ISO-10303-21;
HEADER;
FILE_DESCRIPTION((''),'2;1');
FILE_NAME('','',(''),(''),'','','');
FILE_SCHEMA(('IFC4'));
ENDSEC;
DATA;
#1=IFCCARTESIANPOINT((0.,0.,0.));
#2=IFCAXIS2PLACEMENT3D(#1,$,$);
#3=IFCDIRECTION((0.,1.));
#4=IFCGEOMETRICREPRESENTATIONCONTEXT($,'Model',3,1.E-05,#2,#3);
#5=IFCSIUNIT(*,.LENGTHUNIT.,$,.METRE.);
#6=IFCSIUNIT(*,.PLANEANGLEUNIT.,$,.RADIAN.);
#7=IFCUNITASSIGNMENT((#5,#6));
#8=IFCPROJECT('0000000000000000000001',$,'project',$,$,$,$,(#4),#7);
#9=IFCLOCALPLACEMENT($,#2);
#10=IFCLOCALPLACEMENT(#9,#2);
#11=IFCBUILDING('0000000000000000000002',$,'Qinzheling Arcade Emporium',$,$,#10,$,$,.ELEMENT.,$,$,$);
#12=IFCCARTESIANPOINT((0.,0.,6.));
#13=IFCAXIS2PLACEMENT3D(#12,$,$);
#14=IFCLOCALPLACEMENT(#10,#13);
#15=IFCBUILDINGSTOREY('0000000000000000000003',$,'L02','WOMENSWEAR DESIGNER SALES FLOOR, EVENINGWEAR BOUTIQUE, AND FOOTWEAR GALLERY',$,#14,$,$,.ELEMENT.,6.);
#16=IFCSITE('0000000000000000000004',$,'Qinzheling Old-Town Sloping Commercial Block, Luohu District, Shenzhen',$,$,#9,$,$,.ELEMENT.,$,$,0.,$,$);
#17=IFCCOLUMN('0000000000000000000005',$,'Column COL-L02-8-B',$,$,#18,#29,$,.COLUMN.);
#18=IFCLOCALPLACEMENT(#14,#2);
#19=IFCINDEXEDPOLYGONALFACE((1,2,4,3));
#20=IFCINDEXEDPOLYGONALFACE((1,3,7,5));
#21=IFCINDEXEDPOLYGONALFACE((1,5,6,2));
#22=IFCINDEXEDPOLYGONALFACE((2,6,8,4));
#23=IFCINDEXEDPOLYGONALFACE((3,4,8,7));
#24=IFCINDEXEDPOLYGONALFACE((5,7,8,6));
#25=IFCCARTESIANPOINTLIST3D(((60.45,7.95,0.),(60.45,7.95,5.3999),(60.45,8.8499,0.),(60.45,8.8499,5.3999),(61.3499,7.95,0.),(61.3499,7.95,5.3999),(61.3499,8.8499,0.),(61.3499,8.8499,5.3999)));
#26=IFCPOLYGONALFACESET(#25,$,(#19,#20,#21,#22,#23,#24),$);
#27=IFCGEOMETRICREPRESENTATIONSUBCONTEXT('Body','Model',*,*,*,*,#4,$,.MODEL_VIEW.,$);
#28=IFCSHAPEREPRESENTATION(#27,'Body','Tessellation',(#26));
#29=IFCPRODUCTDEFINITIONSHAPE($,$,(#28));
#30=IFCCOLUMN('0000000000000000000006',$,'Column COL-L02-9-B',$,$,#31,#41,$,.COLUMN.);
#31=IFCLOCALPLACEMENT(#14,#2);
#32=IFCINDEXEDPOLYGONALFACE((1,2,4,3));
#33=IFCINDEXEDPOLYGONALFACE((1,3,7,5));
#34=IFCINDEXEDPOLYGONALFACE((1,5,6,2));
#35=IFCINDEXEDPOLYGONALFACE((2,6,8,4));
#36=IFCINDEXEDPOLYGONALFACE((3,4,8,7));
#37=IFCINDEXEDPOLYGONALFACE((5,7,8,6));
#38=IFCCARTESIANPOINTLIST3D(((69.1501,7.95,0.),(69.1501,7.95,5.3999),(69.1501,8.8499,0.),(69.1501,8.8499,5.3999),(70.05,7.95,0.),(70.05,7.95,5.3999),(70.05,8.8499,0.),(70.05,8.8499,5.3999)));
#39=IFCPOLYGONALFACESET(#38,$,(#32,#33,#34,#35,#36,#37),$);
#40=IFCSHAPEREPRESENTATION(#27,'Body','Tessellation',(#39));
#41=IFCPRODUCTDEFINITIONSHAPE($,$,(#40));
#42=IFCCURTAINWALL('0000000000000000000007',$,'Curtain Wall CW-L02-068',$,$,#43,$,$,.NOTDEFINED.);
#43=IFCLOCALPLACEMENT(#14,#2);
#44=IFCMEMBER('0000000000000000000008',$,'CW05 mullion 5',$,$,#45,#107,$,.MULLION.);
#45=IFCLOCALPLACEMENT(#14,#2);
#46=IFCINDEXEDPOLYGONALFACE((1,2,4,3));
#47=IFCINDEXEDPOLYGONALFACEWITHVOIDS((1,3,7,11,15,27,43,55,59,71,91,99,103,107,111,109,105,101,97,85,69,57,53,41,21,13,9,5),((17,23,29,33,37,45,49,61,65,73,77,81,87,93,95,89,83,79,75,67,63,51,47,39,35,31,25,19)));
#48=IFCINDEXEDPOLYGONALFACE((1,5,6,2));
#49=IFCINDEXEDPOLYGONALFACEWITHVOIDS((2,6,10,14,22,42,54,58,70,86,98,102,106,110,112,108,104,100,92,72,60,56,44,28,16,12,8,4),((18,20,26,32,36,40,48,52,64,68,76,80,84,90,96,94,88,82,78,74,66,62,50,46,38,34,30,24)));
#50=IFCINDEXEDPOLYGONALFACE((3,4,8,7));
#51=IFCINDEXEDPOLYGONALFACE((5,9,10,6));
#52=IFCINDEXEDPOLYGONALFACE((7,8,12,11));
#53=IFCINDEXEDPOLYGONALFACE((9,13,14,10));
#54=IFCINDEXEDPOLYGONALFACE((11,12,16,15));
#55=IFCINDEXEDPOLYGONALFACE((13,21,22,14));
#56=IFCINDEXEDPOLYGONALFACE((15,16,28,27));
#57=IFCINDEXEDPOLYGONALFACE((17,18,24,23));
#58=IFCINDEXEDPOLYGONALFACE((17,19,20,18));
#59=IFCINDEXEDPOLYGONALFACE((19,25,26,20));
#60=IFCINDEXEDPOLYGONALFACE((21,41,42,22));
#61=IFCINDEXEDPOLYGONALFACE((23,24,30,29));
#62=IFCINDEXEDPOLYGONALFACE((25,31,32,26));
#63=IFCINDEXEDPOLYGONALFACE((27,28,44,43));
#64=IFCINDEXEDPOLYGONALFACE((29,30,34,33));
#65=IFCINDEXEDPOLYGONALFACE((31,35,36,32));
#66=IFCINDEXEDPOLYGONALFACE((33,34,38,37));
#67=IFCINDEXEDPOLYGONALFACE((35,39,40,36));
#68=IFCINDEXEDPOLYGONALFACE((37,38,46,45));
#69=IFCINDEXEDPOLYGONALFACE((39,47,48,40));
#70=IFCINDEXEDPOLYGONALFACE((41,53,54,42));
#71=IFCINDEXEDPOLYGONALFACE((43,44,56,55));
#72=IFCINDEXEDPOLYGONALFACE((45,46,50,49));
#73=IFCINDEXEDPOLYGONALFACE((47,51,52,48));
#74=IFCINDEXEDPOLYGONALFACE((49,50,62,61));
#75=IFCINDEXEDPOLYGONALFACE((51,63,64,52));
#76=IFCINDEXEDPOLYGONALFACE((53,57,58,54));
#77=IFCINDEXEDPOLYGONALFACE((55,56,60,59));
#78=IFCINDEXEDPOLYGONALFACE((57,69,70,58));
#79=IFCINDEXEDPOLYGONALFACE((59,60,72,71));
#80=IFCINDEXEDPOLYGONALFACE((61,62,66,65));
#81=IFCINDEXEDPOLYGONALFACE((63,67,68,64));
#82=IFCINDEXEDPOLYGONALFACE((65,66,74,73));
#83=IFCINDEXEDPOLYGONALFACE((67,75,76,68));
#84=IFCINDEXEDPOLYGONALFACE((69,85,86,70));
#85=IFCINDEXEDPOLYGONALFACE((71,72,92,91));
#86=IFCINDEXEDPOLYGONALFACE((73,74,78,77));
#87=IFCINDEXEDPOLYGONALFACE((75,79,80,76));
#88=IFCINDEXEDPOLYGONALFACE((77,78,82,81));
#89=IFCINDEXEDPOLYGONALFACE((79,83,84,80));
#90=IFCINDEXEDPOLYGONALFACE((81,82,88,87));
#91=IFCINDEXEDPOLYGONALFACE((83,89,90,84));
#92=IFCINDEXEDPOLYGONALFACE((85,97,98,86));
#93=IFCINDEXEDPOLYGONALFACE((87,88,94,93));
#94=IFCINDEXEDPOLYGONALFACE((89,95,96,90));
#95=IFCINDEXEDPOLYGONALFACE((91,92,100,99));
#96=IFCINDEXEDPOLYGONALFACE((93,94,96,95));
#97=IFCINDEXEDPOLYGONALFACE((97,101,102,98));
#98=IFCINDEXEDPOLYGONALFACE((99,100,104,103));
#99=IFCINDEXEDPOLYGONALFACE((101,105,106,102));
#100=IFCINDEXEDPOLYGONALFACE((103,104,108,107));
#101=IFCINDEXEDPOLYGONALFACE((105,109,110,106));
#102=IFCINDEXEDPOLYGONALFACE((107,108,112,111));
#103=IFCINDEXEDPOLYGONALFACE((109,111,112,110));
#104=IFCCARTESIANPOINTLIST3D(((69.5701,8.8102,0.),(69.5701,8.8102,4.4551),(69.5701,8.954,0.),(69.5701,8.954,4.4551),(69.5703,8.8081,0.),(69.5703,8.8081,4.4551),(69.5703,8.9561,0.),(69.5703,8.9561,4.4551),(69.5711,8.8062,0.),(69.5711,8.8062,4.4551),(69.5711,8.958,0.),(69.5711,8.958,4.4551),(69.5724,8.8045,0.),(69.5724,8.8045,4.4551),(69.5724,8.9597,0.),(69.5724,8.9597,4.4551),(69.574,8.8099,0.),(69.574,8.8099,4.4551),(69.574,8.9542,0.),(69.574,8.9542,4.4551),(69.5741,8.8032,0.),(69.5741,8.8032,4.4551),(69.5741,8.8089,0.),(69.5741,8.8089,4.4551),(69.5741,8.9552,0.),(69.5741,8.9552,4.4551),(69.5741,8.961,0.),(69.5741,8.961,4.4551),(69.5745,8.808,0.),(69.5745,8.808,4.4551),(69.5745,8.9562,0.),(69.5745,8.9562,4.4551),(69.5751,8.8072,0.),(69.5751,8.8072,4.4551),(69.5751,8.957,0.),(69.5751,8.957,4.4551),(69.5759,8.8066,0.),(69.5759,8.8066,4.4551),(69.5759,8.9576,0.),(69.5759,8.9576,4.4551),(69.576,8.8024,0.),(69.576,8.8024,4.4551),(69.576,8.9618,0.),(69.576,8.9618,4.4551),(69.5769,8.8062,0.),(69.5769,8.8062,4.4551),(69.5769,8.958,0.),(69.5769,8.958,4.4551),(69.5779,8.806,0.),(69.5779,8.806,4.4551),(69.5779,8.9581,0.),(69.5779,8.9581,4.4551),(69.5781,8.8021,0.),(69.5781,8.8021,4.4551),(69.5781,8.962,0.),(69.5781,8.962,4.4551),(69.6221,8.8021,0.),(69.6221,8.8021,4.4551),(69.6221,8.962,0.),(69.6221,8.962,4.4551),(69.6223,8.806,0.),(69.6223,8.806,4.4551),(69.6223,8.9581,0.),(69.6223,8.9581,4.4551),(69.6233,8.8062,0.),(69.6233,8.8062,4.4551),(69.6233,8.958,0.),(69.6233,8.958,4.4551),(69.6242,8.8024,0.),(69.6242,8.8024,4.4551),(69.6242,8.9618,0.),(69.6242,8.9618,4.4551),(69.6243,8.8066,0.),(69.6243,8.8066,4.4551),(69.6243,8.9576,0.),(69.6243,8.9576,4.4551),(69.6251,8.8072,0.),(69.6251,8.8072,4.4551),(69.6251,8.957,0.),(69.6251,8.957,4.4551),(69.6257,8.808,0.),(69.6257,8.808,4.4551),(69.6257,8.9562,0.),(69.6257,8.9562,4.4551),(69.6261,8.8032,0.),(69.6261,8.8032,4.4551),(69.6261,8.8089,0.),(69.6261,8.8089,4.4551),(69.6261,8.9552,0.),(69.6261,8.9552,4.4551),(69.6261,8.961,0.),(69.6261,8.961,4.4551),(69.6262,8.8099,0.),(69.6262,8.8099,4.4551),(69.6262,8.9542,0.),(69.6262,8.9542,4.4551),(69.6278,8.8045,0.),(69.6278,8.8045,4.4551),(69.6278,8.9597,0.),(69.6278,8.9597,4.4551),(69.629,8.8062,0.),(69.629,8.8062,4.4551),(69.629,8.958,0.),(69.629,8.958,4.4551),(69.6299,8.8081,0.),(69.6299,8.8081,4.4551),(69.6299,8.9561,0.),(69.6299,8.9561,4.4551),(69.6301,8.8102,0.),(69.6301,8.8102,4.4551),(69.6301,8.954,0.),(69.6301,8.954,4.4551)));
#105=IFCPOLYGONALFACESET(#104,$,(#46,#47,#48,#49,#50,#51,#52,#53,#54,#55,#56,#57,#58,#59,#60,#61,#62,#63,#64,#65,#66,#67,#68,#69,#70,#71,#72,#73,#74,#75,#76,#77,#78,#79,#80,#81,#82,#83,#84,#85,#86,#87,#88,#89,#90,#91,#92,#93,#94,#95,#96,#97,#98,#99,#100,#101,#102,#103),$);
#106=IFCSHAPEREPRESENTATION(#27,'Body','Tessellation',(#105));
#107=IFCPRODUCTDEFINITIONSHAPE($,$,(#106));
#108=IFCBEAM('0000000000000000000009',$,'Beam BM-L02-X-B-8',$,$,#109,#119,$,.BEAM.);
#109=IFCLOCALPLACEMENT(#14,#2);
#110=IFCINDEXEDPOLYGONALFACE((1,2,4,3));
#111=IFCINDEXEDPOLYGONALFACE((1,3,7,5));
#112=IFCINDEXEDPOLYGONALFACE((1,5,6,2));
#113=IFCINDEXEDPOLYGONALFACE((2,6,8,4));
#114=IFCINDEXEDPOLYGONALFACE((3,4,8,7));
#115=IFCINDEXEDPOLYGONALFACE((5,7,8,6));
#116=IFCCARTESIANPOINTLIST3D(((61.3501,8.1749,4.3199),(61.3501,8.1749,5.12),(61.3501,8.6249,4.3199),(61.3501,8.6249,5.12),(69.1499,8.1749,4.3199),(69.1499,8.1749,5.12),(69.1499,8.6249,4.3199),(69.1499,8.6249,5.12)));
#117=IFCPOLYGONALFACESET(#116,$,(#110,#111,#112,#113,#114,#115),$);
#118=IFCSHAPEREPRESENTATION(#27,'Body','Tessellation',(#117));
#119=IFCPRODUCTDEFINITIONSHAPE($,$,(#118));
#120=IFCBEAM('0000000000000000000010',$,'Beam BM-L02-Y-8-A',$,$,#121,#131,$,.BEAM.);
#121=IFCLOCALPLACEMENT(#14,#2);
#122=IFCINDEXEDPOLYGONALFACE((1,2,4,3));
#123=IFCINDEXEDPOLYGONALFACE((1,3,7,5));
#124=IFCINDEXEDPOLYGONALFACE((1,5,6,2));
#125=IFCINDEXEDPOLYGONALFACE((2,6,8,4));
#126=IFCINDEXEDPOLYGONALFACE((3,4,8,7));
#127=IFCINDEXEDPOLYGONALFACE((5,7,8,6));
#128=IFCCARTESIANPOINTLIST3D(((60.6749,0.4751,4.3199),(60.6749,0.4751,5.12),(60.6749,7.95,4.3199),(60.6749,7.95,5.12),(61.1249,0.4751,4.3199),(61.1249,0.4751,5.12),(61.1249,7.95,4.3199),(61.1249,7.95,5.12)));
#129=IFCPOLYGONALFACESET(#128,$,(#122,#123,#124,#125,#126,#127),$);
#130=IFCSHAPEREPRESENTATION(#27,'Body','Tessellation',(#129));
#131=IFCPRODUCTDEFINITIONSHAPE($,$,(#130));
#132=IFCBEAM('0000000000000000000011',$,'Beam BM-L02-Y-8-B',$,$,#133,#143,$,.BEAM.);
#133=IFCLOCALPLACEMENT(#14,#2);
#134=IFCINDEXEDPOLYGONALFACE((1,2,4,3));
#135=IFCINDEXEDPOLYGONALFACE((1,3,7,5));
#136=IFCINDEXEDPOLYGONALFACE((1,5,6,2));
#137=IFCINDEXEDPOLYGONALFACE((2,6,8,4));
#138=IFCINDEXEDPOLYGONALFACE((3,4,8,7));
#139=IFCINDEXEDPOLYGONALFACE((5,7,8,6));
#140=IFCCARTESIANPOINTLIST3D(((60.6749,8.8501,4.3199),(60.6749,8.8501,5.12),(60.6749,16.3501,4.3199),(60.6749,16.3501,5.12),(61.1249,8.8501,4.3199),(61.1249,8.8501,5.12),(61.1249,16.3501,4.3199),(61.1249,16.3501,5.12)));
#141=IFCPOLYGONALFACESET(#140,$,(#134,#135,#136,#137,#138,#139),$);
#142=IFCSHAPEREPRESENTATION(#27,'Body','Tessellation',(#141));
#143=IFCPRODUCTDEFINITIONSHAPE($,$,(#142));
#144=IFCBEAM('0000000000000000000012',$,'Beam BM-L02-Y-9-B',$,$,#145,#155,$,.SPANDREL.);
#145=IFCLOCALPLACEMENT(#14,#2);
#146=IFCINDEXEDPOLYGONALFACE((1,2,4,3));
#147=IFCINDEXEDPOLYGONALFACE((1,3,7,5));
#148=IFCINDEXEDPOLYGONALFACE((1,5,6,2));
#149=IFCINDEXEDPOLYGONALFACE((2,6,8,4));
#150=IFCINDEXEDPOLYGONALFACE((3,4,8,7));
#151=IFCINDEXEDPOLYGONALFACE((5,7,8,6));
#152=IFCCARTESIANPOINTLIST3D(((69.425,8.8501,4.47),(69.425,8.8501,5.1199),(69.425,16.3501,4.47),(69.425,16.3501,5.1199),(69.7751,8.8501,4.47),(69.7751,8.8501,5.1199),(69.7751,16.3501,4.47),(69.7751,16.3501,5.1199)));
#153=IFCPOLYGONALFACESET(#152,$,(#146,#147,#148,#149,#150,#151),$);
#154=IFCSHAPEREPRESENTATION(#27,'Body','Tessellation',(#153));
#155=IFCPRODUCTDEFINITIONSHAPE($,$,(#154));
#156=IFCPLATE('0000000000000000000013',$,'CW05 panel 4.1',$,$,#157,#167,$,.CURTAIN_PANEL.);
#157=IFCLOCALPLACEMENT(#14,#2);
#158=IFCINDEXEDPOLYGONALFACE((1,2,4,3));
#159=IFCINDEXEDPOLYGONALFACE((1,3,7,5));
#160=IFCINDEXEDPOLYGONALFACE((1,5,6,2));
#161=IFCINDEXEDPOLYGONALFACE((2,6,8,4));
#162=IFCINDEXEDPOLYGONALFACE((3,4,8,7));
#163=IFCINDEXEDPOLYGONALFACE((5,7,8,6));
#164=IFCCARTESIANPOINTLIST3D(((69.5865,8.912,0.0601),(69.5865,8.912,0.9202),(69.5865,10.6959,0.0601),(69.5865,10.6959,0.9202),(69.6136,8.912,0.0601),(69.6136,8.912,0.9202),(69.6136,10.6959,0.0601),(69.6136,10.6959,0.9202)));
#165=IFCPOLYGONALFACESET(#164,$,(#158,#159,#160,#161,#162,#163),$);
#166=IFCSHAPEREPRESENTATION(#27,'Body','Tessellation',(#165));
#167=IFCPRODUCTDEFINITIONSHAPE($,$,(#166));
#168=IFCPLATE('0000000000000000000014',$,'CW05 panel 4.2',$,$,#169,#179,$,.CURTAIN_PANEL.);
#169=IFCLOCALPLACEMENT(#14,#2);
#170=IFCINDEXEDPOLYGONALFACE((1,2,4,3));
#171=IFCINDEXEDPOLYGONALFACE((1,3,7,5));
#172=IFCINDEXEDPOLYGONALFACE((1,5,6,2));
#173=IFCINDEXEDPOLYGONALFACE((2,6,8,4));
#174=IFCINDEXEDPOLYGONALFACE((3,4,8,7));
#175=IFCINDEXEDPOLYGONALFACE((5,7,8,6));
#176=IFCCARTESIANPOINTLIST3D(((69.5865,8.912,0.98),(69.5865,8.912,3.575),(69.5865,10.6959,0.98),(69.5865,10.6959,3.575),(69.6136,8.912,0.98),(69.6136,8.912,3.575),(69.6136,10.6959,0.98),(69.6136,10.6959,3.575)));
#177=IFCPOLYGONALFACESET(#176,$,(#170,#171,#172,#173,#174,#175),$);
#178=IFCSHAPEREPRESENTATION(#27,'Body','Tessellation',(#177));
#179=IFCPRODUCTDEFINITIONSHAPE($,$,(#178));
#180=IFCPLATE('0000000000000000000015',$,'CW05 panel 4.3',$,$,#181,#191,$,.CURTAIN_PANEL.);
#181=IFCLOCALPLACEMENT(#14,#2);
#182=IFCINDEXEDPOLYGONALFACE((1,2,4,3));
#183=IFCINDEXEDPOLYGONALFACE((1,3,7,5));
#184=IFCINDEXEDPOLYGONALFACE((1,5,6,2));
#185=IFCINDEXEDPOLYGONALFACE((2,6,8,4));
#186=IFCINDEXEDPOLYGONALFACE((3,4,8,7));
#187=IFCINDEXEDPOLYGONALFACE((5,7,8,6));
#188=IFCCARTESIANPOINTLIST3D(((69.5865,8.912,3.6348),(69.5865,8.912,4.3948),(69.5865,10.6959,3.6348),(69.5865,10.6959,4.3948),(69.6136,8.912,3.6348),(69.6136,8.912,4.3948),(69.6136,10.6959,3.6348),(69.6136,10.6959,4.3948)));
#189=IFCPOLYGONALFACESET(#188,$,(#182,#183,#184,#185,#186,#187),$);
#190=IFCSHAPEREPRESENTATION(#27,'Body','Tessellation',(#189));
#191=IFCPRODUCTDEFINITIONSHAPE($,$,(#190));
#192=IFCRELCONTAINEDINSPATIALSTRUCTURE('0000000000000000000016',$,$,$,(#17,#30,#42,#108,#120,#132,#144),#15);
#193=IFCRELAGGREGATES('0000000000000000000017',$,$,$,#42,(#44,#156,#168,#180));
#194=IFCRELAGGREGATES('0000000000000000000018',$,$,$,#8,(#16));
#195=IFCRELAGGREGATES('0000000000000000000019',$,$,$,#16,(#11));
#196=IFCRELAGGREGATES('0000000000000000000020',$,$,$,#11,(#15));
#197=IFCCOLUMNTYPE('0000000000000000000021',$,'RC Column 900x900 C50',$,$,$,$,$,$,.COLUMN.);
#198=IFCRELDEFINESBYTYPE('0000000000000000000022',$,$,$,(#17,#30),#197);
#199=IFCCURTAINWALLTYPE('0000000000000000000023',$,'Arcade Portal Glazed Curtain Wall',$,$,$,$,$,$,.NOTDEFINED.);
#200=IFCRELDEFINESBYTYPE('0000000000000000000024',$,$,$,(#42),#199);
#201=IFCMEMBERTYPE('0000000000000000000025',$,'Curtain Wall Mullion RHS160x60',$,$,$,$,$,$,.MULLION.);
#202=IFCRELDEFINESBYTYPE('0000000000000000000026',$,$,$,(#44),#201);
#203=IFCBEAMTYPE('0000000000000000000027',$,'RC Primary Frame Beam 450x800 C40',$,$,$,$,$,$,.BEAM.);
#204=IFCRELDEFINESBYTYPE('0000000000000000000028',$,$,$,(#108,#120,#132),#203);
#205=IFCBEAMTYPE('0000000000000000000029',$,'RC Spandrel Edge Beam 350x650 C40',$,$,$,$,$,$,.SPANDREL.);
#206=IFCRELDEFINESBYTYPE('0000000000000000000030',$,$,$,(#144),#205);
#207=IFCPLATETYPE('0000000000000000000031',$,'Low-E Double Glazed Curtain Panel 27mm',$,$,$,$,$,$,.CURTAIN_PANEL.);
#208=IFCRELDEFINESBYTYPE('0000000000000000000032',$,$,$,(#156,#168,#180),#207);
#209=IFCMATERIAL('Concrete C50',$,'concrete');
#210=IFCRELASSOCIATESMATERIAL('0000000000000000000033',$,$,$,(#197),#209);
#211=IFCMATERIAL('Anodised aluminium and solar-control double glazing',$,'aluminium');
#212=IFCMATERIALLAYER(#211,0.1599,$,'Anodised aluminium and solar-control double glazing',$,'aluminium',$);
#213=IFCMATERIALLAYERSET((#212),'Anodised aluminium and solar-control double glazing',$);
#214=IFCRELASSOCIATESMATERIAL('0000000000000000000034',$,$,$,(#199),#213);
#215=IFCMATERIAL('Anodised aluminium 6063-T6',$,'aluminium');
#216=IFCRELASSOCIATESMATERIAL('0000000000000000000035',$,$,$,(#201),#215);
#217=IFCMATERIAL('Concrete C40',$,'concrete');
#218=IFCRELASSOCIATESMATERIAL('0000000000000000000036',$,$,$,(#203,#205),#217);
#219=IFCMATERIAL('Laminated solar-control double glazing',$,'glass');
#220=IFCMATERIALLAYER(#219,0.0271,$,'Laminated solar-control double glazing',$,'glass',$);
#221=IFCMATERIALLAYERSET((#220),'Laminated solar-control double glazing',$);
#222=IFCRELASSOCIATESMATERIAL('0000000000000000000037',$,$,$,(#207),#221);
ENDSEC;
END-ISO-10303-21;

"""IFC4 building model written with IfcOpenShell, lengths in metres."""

from ifc_helpers import new_model, si_unit, direction, frame, origin, origin_2d, place, context, subcontext, project, spatial, rectangle, hollow_rectangle, extrude, material, layer, layer_set, material_profile, profile_set, type_object, element, aggregate, save


model = new_model("IFC4")

# Units and contexts
model_context = context("Model", 3, precision=1e-05, world=origin(), true_north=direction((0.0, 1.0)))
body_context = subcontext(model_context, "Body", "Model", "MODEL_VIEW")
ifc_project = project(units=[si_unit("LENGTHUNIT", "METRE"), si_unit("PLANEANGLEUNIT", "RADIAN")], contexts=[model_context])

# Site, building, storey
site_placement = place(None, origin())
site = spatial("IfcSite", under=ifc_project, at=site_placement, Name="Qinzheling Old-Town Sloping Commercial Block, Luohu District, Shenzhen", CompositionType="ELEMENT", RefElevation=0.0)
building_placement = place(site_placement, origin())
building = spatial("IfcBuilding", under=site, at=building_placement, Name="Qinzheling Arcade Emporium", CompositionType="ELEMENT")
storey_placement = place(building_placement, frame((0.0, 0.0, 6.0)))
storey = spatial("IfcBuildingStorey", under=building, at=storey_placement, Name="L02", Description="WOMENSWEAR DESIGNER SALES FLOOR, EVENINGWEAR BOUTIQUE, AND FOOTWEAR GALLERY", CompositionType="ELEMENT", Elevation=6.0)

# Columns
ifc_material_1 = material(Name="Concrete C50", Category="concrete")
ifc_material_profile_1 = material_profile(ifc_material_1, rectangle(XDim=0.8999, YDim=0.8999, at=origin_2d()), Name="RC 900x900", Category="concrete")
ifc_profile_set_1 = profile_set([ifc_material_profile_1], Name="Concrete C50")
column_type = type_object("IfcColumnType", Name="RC Column 900x900 C50", PredefinedType="COLUMN", material=ifc_profile_set_1)
for number, where, z_axis, x_axis, name in (
    (1, (60.8999, 8.3999, 0.0), (0.0, 0.0, 1.0), (1.0, 0.0, 0.0), "Column COL-L02-8-B"),
    (2, (69.6001, 8.3999, 0.0), (0.0, 0.0, 1.0), (1.0, 0.0, 0.0), "Column COL-L02-9-B"),
):
    element("IfcColumn", number, at=place(storey_placement, frame(where, z_axis=z_axis, x_axis=x_axis)), inside=storey, type_object=column_type, Name=name, PredefinedType="COLUMN", context=body_context, shape_type="SweptSolid", body=[
        extrude(rectangle(XDim=0.8999, YDim=0.8999, at=origin_2d()), origin(), (0.0, 0.0, 1.0), 5.3999),
    ])

# Curtain wall, member
ifc_material_2 = material(Name="Anodised aluminium and solar-control double glazing", Category="aluminium")
ifc_layer_1 = layer(ifc_material_2, 0.1599, Name="Anodised aluminium and solar-control double glazing", Category="aluminium")
ifc_layer_set_1 = layer_set([ifc_layer_1], Name="Anodised aluminium and solar-control double glazing")
curtain_wall_type = type_object("IfcCurtainWallType", Name="Arcade Portal Glazed Curtain Wall", PredefinedType="NOTDEFINED", material=ifc_layer_set_1)
curtain_wall_placement = place(storey_placement, origin())
curtain_wall = element("IfcCurtainWall", 3, at=curtain_wall_placement, inside=storey, type_object=curtain_wall_type, Name="Curtain Wall CW-L02-068", PredefinedType="NOTDEFINED")
ifc_material_3 = material(Name="Anodised aluminium 6063-T6", Category="aluminium")
ifc_material_profile_2 = material_profile(ifc_material_3, hollow_rectangle(XDim=0.0601, YDim=0.1599, WallThickness=0.0039, InnerFilletRadius=0.0039, OuterFilletRadius=0.0081, at=origin_2d()), Name="RHS 160x60x4", Category="aluminium")
ifc_profile_set_2 = profile_set([ifc_material_profile_2], Name="Anodised aluminium 6063-T6")
member_type = type_object("IfcMemberType", Name="Curtain Wall Mullion RHS160x60", PredefinedType="MULLION", material=ifc_profile_set_2)
member_placement = place(storey_placement, frame((69.6001, 8.8821, 0.0), z_axis=(0.0, 0.0, 1.0), x_axis=(1.0, 0.0, 0.0)))
member = element("IfcMember", 4, at=member_placement, type_object=member_type, Name="CW05 mullion 5", PredefinedType="MULLION", context=body_context, shape_type="SweptSolid", body=[
    extrude(hollow_rectangle(XDim=0.0601, YDim=0.1599, WallThickness=0.0039, InnerFilletRadius=0.0039, OuterFilletRadius=0.0081, at=origin_2d()), origin(), (0.0, 0.0, 1.0), 4.4551),
])

# Beams
ifc_material_4 = material(Name="Concrete C40", Category="concrete")
ifc_material_profile_3 = material_profile(ifc_material_4, rectangle(XDim=0.45, YDim=0.8, at=origin_2d()), Name="RC 450x800", Category="concrete")
ifc_profile_set_3 = profile_set([ifc_material_profile_3], Name="Concrete C40")
beam_type_1 = type_object("IfcBeamType", Name="RC Primary Frame Beam 450x800 C40", PredefinedType="BEAM", material=ifc_profile_set_3)
beam_1_placement = place(storey_placement, frame((61.3501, 8.3999, 4.72), z_axis=(1.0, 0.0, 0.0), x_axis=(0.0, 1.0, 0.0)))
element("IfcBeam", 5, at=beam_1_placement, inside=storey, type_object=beam_type_1, Name="Beam BM-L02-X-B-8", PredefinedType="BEAM", context=body_context, shape_type="SweptSolid", body=[
    extrude(rectangle(XDim=0.45, YDim=0.8, at=origin_2d()), origin(), (0.0, 0.0, 1.0), 7.7998),
])
beam_2_placement = place(storey_placement, frame((60.8999, 0.4751, 4.72), z_axis=(0.0, 1.0, 0.0), x_axis=(-1.0, 0.0, 0.0)))
element("IfcBeam", 6, at=beam_2_placement, inside=storey, type_object=beam_type_1, Name="Beam BM-L02-Y-8-A", PredefinedType="BEAM", context=body_context, shape_type="SweptSolid", body=[
    extrude(rectangle(XDim=0.45, YDim=0.8, at=origin_2d()), origin(), (0.0, 0.0, 1.0), 7.4749),
])
beam_3_placement = place(storey_placement, frame((60.8999, 8.8501, 4.72), z_axis=(0.0, 1.0, 0.0), x_axis=(-1.0, 0.0, 0.0)))
element("IfcBeam", 7, at=beam_3_placement, inside=storey, type_object=beam_type_1, Name="Beam BM-L02-Y-8-B", PredefinedType="BEAM", context=body_context, shape_type="SweptSolid", body=[
    extrude(rectangle(XDim=0.45, YDim=0.8, at=origin_2d()), origin(), (0.0, 0.0, 1.0), 7.5),
])
ifc_material_profile_4 = material_profile(ifc_material_4, rectangle(XDim=0.3501, YDim=0.6499, at=origin_2d()), Name="RC 350x650", Category="concrete")
ifc_profile_set_4 = profile_set([ifc_material_profile_4], Name="Concrete C40")
beam_type_2 = type_object("IfcBeamType", Name="RC Spandrel Edge Beam 350x650 C40", PredefinedType="SPANDREL", material=ifc_profile_set_4)
beam_4_placement = place(storey_placement, frame((69.6001, 8.8501, 4.7949), z_axis=(0.0, 1.0, 0.0), x_axis=(-1.0, 0.0, 0.0)))
element("IfcBeam", 8, at=beam_4_placement, inside=storey, type_object=beam_type_2, Name="Beam BM-L02-Y-9-B", PredefinedType="SPANDREL", context=body_context, shape_type="SweptSolid", body=[
    extrude(rectangle(XDim=0.3501, YDim=0.6499, at=origin_2d()), origin(), (0.0, 0.0, 1.0), 7.5),
])

# Plates
ifc_material_5 = material(Name="Laminated solar-control double glazing", Category="glass")
ifc_layer_2 = layer(ifc_material_5, 0.0271, Name="Laminated solar-control double glazing", Category="glass")
ifc_layer_set_2 = layer_set([ifc_layer_2], Name="Laminated solar-control double glazing")
plate_type = type_object("IfcPlateType", Name="Low-E Double Glazed Curtain Panel 27mm", PredefinedType="CURTAIN_PANEL", material=ifc_layer_set_2)
plate_1_placement = place(storey_placement, frame((69.6001, 9.804, 0.0601), z_axis=(0.0, 0.0, 1.0), x_axis=(0.0, -1.0, 0.0)))
plate_1 = element("IfcPlate", 9, at=plate_1_placement, type_object=plate_type, Name="CW05 panel 4.1", PredefinedType="CURTAIN_PANEL", context=body_context, shape_type="SweptSolid", body=[
    extrude(rectangle(XDim=1.7839, YDim=0.0271, at=origin_2d()), origin(), (0.0, 0.0, 1.0), 0.8601),
])
plate_2_placement = place(storey_placement, frame((69.6001, 9.804, 0.98), z_axis=(0.0, 0.0, 1.0), x_axis=(0.0, -1.0, 0.0)))
plate_2 = element("IfcPlate", 10, at=plate_2_placement, type_object=plate_type, Name="CW05 panel 4.2", PredefinedType="CURTAIN_PANEL", context=body_context, shape_type="SweptSolid", body=[
    extrude(rectangle(XDim=1.7839, YDim=0.0271, at=origin_2d()), origin(), (0.0, 0.0, 1.0), 2.595),
])
plate_3_placement = place(storey_placement, frame((69.6001, 9.804, 3.6348), z_axis=(0.0, 0.0, 1.0), x_axis=(0.0, -1.0, 0.0)))
plate_3 = element("IfcPlate", 11, at=plate_3_placement, type_object=plate_type, Name="CW05 panel 4.3", PredefinedType="CURTAIN_PANEL", context=body_context, shape_type="SweptSolid", body=[
    extrude(rectangle(XDim=1.7839, YDim=0.0271, at=origin_2d()), origin(), (0.0, 0.0, 1.0), 0.76),
])
aggregate(curtain_wall, [member, plate_1, plate_2, plate_3])

save(model, "model.ifc")
